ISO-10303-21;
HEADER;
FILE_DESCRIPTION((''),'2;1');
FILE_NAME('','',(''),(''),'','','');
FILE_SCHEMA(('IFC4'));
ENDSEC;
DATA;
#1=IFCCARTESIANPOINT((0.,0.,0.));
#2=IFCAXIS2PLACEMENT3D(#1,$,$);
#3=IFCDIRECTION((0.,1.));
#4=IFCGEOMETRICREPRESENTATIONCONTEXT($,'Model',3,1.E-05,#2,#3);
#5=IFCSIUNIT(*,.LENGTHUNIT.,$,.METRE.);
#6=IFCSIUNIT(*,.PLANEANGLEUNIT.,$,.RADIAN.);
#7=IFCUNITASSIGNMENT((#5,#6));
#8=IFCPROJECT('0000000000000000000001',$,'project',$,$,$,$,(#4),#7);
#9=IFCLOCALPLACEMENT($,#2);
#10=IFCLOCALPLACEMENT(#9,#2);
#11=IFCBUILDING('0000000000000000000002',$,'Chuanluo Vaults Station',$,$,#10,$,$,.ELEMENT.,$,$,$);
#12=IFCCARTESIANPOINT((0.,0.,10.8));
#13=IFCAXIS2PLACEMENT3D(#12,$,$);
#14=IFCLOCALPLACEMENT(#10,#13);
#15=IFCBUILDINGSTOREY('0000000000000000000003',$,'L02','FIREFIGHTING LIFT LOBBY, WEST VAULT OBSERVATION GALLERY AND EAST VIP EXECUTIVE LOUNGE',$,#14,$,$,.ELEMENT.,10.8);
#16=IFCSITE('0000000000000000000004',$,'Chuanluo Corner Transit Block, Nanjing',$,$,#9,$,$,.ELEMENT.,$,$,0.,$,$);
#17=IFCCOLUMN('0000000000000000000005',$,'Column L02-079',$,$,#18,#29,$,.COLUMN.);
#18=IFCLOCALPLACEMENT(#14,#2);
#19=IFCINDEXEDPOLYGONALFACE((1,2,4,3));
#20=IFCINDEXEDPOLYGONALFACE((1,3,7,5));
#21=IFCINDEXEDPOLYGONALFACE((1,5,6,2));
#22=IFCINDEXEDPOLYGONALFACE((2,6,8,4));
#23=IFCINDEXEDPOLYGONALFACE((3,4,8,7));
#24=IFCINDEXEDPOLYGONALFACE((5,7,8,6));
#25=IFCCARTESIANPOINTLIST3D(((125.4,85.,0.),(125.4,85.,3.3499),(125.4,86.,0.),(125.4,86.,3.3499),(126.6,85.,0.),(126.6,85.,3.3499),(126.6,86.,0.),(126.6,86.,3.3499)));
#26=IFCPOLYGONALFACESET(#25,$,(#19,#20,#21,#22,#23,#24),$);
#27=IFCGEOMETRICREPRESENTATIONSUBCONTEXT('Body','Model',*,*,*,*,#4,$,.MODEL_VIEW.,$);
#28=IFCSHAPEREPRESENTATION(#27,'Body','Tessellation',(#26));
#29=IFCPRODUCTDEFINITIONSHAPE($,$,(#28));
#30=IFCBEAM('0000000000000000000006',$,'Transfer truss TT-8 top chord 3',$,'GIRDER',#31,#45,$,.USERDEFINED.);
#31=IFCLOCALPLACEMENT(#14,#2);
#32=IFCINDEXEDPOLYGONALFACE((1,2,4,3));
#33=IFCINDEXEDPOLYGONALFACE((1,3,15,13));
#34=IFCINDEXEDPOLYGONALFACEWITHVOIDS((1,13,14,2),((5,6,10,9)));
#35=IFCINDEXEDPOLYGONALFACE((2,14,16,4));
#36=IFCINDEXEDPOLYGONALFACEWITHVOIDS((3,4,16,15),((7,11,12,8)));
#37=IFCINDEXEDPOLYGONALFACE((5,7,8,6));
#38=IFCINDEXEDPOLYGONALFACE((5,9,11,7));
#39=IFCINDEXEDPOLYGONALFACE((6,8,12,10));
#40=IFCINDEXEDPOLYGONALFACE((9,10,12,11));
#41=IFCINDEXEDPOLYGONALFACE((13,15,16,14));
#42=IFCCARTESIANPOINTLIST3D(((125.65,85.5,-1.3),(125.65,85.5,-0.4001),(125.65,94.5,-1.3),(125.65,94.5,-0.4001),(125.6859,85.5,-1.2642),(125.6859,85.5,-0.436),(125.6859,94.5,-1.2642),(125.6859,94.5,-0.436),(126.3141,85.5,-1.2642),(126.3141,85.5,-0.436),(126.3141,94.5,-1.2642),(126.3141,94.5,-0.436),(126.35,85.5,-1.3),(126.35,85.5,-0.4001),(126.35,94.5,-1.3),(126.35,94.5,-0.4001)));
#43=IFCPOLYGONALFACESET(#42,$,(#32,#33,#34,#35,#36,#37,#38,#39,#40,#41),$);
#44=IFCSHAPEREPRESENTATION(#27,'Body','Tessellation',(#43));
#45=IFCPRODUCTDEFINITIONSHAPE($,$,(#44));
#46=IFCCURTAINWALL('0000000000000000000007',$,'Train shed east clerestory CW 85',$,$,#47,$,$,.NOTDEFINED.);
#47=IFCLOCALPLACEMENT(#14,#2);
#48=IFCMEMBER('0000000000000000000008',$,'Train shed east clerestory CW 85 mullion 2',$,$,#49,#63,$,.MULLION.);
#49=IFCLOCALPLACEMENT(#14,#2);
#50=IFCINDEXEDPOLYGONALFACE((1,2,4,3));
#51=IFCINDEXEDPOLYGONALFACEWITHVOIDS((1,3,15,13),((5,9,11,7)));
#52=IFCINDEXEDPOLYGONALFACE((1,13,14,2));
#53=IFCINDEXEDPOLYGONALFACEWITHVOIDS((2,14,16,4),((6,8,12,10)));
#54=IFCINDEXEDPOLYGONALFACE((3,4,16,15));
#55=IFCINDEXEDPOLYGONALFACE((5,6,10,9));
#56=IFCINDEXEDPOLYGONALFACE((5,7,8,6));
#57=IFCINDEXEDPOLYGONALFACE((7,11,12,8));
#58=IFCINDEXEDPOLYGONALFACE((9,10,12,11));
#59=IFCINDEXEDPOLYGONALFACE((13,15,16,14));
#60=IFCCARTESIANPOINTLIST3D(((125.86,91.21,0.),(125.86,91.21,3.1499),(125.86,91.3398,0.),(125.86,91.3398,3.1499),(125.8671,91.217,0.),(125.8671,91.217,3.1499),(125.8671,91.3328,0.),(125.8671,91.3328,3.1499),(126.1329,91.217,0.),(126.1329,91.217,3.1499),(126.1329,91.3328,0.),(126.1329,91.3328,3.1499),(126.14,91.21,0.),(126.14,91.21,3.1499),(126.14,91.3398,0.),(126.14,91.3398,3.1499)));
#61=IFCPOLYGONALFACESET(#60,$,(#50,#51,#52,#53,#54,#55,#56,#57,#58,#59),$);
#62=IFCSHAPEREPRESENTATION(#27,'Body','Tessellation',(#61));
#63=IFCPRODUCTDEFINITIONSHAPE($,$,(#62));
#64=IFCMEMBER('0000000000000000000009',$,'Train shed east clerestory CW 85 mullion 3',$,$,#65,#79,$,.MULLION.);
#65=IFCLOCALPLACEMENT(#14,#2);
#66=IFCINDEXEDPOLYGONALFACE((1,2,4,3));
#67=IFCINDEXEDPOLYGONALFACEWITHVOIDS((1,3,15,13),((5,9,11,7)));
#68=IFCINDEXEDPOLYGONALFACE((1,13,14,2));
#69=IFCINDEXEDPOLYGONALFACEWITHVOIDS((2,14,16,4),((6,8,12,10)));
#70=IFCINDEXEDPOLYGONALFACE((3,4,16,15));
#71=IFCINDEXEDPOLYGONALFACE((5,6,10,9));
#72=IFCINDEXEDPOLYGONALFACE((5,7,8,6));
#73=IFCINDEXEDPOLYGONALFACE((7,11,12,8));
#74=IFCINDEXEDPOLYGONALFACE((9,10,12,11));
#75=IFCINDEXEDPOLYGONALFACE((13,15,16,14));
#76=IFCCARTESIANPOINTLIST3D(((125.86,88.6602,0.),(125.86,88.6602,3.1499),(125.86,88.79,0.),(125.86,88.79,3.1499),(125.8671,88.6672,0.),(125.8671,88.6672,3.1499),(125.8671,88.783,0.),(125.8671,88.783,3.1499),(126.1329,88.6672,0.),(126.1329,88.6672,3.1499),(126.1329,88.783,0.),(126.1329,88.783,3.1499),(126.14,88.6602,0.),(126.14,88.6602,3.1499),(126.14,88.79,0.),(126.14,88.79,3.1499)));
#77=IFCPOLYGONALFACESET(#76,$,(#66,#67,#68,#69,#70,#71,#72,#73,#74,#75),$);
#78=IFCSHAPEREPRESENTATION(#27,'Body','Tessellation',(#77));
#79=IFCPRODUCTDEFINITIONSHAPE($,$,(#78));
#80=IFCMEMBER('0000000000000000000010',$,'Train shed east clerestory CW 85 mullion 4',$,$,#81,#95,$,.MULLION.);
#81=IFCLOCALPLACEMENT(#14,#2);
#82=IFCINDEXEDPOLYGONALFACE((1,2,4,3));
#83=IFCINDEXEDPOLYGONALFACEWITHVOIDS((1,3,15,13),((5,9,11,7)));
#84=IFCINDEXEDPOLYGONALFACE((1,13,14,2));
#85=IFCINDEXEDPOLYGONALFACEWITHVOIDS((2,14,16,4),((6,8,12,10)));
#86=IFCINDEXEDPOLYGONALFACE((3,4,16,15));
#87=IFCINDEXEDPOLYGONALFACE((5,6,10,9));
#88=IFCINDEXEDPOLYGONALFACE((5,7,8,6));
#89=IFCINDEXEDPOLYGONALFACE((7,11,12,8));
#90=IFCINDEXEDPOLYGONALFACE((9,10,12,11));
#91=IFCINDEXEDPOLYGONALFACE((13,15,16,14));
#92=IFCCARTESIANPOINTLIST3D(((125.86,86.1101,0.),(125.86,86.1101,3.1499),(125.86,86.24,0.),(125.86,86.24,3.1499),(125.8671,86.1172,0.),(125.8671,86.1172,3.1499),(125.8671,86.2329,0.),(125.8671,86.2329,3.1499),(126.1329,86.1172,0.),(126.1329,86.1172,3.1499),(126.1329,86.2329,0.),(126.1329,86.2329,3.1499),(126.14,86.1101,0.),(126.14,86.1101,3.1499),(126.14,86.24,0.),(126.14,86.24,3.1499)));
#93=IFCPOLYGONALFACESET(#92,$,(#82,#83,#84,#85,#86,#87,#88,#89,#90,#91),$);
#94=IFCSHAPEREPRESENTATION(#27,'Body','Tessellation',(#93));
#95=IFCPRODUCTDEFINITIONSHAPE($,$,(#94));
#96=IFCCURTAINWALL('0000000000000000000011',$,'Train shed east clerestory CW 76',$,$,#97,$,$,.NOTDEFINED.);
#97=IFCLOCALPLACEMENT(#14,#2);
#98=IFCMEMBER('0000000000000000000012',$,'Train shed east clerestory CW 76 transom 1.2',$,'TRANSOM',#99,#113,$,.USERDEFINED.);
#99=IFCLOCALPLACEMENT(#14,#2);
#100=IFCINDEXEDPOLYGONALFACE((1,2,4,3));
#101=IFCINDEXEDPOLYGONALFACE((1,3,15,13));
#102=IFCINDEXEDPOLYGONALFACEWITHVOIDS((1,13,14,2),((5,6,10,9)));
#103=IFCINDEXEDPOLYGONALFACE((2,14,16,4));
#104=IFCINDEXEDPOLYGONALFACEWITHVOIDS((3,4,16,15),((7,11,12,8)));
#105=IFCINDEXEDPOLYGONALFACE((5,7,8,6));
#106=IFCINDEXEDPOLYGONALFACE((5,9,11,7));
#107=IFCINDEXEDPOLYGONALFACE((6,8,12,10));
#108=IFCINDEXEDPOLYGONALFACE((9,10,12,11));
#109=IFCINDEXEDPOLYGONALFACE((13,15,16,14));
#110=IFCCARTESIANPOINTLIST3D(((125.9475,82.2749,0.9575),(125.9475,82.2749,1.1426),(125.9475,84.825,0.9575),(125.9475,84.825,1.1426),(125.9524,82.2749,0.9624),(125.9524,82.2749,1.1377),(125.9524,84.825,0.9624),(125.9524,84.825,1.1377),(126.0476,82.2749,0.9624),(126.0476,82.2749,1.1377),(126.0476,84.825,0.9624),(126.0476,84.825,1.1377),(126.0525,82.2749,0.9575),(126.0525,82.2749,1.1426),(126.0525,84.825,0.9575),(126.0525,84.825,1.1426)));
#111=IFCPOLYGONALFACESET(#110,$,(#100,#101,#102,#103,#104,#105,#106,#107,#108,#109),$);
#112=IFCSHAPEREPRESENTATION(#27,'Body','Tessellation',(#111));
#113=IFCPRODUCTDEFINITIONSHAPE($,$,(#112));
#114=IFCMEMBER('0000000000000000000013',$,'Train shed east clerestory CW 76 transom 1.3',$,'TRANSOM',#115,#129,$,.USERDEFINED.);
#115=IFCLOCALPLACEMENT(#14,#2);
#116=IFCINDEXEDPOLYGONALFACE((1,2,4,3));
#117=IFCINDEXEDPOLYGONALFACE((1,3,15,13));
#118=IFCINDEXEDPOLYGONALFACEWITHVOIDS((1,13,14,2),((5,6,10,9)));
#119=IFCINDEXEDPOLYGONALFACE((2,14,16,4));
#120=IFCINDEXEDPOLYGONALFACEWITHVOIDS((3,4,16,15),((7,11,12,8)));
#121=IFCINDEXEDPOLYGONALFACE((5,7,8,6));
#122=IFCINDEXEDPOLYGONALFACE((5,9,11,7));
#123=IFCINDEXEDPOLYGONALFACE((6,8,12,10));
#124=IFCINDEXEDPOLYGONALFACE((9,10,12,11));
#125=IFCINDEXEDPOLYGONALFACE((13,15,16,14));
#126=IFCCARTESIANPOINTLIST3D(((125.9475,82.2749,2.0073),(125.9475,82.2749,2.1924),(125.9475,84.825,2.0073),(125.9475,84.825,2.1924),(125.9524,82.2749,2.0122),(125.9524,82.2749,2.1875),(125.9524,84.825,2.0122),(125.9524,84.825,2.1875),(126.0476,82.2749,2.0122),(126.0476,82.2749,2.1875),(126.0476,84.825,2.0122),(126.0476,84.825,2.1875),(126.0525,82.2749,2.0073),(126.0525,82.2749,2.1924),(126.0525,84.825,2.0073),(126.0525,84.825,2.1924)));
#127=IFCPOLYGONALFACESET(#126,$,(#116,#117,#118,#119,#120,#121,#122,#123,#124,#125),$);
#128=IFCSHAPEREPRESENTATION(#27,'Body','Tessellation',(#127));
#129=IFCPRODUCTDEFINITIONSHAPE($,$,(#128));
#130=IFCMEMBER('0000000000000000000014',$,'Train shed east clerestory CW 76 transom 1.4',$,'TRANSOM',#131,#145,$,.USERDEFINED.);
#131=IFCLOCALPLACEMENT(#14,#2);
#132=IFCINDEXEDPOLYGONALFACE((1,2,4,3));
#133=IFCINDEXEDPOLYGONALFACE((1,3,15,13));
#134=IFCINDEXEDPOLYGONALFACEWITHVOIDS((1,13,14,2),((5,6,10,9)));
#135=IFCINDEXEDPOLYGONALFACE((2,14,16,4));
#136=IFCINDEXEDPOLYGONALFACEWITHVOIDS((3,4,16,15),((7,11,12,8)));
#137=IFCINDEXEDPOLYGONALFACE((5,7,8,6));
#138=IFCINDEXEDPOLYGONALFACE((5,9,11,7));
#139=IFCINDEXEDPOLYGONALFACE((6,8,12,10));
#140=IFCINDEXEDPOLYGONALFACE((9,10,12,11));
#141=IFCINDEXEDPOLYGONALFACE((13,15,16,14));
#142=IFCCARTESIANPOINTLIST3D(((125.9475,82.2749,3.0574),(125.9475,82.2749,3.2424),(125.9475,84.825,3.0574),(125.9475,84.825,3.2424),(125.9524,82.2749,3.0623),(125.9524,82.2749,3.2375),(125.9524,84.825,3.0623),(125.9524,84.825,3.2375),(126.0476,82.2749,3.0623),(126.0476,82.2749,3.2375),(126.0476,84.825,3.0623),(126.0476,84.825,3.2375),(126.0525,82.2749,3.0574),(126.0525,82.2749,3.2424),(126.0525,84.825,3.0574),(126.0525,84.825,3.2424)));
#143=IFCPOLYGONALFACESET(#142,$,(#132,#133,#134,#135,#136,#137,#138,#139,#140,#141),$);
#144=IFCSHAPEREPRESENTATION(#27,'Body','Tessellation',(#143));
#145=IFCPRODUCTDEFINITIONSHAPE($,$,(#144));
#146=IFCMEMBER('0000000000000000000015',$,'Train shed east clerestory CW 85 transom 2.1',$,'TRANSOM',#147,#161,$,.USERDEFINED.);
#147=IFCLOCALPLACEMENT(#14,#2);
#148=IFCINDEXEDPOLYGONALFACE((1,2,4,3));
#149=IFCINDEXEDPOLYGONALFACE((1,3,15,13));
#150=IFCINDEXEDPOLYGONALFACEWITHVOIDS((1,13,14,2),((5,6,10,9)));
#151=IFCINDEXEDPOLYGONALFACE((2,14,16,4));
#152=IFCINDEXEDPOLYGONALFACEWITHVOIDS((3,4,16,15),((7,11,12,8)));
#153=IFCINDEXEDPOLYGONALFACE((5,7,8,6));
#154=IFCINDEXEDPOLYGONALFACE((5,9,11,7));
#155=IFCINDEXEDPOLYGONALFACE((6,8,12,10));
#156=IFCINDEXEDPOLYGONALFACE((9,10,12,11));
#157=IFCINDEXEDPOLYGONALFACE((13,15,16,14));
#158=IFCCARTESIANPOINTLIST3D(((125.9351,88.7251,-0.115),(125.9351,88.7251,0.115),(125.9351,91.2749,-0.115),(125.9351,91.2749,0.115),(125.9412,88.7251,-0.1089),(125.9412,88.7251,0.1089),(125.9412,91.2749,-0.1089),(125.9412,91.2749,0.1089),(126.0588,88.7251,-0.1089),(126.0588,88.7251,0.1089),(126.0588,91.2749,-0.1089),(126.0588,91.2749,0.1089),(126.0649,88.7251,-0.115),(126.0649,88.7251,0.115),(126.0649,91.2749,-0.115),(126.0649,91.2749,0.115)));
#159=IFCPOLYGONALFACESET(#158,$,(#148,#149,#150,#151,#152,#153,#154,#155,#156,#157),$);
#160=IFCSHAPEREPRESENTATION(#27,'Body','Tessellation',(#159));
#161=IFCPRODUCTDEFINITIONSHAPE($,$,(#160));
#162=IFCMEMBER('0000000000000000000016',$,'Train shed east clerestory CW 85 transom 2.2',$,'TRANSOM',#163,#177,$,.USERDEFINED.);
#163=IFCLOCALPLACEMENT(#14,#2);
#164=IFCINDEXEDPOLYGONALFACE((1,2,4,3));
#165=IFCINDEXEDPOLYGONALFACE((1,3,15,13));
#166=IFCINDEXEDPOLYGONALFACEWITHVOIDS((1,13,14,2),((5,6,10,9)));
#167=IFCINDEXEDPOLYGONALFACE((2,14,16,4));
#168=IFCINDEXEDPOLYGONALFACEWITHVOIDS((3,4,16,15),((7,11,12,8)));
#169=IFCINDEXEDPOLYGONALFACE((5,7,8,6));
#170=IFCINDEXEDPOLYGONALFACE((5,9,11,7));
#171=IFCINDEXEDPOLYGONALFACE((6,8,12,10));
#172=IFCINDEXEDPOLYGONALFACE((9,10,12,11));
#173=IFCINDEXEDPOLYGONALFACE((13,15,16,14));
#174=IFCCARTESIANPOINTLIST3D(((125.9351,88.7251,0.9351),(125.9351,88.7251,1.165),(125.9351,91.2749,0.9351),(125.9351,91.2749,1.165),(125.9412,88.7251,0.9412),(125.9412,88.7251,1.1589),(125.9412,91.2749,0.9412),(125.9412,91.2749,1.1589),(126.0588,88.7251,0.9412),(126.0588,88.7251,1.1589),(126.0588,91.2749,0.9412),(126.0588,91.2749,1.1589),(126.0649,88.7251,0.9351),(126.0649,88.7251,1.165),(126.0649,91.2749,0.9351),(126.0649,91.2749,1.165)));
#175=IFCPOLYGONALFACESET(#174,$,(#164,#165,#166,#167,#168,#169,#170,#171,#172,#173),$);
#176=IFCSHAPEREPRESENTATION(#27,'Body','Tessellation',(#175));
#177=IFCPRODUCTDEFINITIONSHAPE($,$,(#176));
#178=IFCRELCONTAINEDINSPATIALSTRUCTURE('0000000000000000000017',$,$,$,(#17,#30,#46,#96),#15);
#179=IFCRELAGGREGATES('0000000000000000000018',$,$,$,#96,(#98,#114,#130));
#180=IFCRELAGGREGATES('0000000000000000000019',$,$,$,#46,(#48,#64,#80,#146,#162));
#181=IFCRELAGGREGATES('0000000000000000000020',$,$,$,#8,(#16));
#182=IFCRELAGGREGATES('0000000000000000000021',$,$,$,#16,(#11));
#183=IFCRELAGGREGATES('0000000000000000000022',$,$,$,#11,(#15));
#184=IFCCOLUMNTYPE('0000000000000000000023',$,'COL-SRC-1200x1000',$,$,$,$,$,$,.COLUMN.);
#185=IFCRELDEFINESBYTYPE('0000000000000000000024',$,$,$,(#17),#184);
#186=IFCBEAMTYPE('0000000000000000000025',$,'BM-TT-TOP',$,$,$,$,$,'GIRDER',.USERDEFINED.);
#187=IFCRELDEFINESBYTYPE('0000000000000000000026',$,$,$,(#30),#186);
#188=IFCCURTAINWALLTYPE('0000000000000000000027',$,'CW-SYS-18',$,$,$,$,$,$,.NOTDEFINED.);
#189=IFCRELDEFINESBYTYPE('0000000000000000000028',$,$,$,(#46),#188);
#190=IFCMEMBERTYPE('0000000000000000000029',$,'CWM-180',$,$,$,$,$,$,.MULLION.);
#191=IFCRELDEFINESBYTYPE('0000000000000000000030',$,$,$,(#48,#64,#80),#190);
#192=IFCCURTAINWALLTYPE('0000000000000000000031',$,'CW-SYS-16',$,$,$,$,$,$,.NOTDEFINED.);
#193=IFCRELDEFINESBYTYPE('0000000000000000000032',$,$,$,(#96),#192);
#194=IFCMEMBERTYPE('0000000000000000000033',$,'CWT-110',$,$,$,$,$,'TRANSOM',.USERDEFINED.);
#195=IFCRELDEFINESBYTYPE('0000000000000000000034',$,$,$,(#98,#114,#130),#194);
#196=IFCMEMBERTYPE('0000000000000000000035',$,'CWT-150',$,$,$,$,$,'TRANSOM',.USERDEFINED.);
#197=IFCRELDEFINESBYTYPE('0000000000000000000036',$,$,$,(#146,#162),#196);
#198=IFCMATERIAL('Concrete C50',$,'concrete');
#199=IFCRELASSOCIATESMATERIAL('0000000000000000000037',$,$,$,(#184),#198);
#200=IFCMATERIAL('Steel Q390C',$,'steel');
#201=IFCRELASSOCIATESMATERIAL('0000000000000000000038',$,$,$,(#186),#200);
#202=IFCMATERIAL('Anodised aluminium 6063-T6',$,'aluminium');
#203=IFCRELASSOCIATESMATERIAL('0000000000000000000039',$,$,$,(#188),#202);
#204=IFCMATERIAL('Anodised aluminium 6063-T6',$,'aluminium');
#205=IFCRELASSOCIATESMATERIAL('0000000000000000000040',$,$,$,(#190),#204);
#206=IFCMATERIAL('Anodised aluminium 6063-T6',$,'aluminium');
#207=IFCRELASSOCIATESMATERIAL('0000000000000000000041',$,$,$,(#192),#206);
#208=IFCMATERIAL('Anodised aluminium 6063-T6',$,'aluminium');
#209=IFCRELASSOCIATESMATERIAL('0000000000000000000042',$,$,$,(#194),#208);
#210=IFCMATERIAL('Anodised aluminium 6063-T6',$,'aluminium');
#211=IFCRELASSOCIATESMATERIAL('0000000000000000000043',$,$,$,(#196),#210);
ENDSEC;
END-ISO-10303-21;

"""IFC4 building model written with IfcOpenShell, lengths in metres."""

from ifc_helpers import new_model, si_unit, direction, frame, origin, origin_2d, place, context, subcontext, project, spatial, rectangle, hollow_rectangle, extrude, material, material_profile, profile_set, type_object, element, aggregate, save


model = new_model("IFC4")

# Units and contexts
model_context = context("Model", 3, precision=1e-05, world=origin(), true_north=direction((0.0, 1.0)))
body_context = subcontext(model_context, "Body", "Model", "MODEL_VIEW")
ifc_project = project(units=[si_unit("LENGTHUNIT", "METRE"), si_unit("PLANEANGLEUNIT", "RADIAN")], contexts=[model_context])

# Site, building, storey
site_placement = place(None, origin())
site = spatial("IfcSite", under=ifc_project, at=site_placement, Name="Chuanluo Corner Transit Block, Nanjing", CompositionType="ELEMENT", RefElevation=0.0)
building_placement = place(site_placement, origin())
building = spatial("IfcBuilding", under=site, at=building_placement, Name="Chuanluo Vaults Station", CompositionType="ELEMENT")
storey_placement = place(building_placement, frame((0.0, 0.0, 10.8)))
storey = spatial("IfcBuildingStorey", under=building, at=storey_placement, Name="L02", Description="FIREFIGHTING LIFT LOBBY, WEST VAULT OBSERVATION GALLERY AND EAST VIP EXECUTIVE LOUNGE", CompositionType="ELEMENT", Elevation=10.8)

# Column
ifc_material_1 = material(Name="Concrete C50", Category="concrete")
ifc_material_profile_1 = material_profile(ifc_material_1, rectangle(XDim=1.2, YDim=1.0, at=origin_2d()))
ifc_profile_set_1 = profile_set([ifc_material_profile_1], Name="Concrete C50")
column_type = type_object("IfcColumnType", Name="COL-SRC-1200x1000", PredefinedType="COLUMN", material=ifc_profile_set_1)
column_placement = place(storey_placement, frame((126.0, 85.5, 0.0), z_axis=(0.0, 0.0, 1.0), x_axis=(1.0, 0.0, 0.0)))
element("IfcColumn", 1, at=column_placement, inside=storey, type_object=column_type, Name="Column L02-079", PredefinedType="COLUMN", context=body_context, shape_type="SweptSolid", body=[
    extrude(rectangle(XDim=1.2, YDim=1.0, at=origin_2d()), origin(), (0.0, 0.0, 1.0), 3.3499),
])

# Beam
ifc_material_2 = material(Name="Steel Q390C", Category="steel")
ifc_material_profile_2 = material_profile(ifc_material_2, hollow_rectangle(XDim=0.7, YDim=0.8999, WallThickness=0.0359, at=origin_2d()))
ifc_profile_set_2 = profile_set([ifc_material_profile_2], Name="Steel Q390C")
beam_type = type_object("IfcBeamType", Name="BM-TT-TOP", ElementType="GIRDER", PredefinedType="USERDEFINED", material=ifc_profile_set_2)
beam_placement = place(storey_placement, frame((126.0, 85.5, -0.8501), z_axis=(0.0, 1.0, 0.0), x_axis=(-1.0, 0.0, 0.0)))
element("IfcBeam", 2, at=beam_placement, inside=storey, type_object=beam_type, Name="Transfer truss TT-8 top chord 3", ObjectType="GIRDER", PredefinedType="USERDEFINED", context=body_context, shape_type="SweptSolid", body=[
    extrude(hollow_rectangle(XDim=0.7, YDim=0.8999, WallThickness=0.0359, at=origin_2d()), origin(), (0.0, 0.0, 1.0), 9.0),
])

# Curtain walls, members
ifc_material_3 = material(Name="Anodised aluminium 6063-T6", Category="aluminium")
curtain_wall_type_1 = type_object("IfcCurtainWallType", Name="CW-SYS-18", PredefinedType="NOTDEFINED", material=ifc_material_3)
curtain_wall_1_placement = place(storey_placement, origin())
curtain_wall_1 = element("IfcCurtainWall", 3, at=curtain_wall_1_placement, inside=storey, type_object=curtain_wall_type_1, Name="Train shed east clerestory CW 85", PredefinedType="NOTDEFINED")
ifc_material_4 = material(Name="Anodised aluminium 6063-T6", Category="aluminium")
ifc_material_profile_3 = material_profile(ifc_material_4, hollow_rectangle(XDim=0.1299, YDim=0.28, WallThickness=0.0071, at=origin_2d()))
ifc_profile_set_3 = profile_set([ifc_material_profile_3], Name="Anodised aluminium 6063-T6")
member_type_1 = type_object("IfcMemberType", Name="CWM-180", PredefinedType="MULLION", material=ifc_profile_set_3)
member_1_placement = place(storey_placement, frame((126.0, 91.2749, 0.0), z_axis=(0.0, 0.0, 1.0), x_axis=(0.0, -1.0, 0.0)))
member_1 = element("IfcMember", 4, at=member_1_placement, type_object=member_type_1, Name="Train shed east clerestory CW 85 mullion 2", PredefinedType="MULLION", context=body_context, shape_type="SweptSolid", body=[
    extrude(hollow_rectangle(XDim=0.1299, YDim=0.28, WallThickness=0.0071, at=origin_2d()), origin(), (0.0, 0.0, 1.0), 3.1499),
])
member_2_placement = place(storey_placement, frame((126.0, 88.7251, 0.0), z_axis=(0.0, 0.0, 1.0), x_axis=(0.0, -1.0, 0.0)))
member_2 = element("IfcMember", 5, at=member_2_placement, type_object=member_type_1, Name="Train shed east clerestory CW 85 mullion 3", PredefinedType="MULLION", context=body_context, shape_type="SweptSolid", body=[
    extrude(hollow_rectangle(XDim=0.1299, YDim=0.28, WallThickness=0.0071, at=origin_2d()), origin(), (0.0, 0.0, 1.0), 3.1499),
])
member_3_placement = place(storey_placement, frame((126.0, 86.175, 0.0), z_axis=(0.0, 0.0, 1.0), x_axis=(0.0, -1.0, 0.0)))
member_3 = element("IfcMember", 6, at=member_3_placement, type_object=member_type_1, Name="Train shed east clerestory CW 85 mullion 4", PredefinedType="MULLION", context=body_context, shape_type="SweptSolid", body=[
    extrude(hollow_rectangle(XDim=0.1299, YDim=0.28, WallThickness=0.0071, at=origin_2d()), origin(), (0.0, 0.0, 1.0), 3.1499),
])
ifc_material_5 = material(Name="Anodised aluminium 6063-T6", Category="aluminium")
curtain_wall_type_2 = type_object("IfcCurtainWallType", Name="CW-SYS-16", PredefinedType="NOTDEFINED", material=ifc_material_5)
curtain_wall_2_placement = place(storey_placement, origin())
curtain_wall_2 = element("IfcCurtainWall", 7, at=curtain_wall_2_placement, inside=storey, type_object=curtain_wall_type_2, Name="Train shed east clerestory CW 76", PredefinedType="NOTDEFINED")
ifc_material_6 = material(Name="Anodised aluminium 6063-T6", Category="aluminium")
ifc_material_profile_4 = material_profile(ifc_material_6, hollow_rectangle(XDim=0.105, YDim=0.1851, WallThickness=0.0049, at=origin_2d()))
ifc_profile_set_4 = profile_set([ifc_material_profile_4], Name="Anodised aluminium 6063-T6")
member_type_2 = type_object("IfcMemberType", Name="CWT-110", ElementType="TRANSOM", PredefinedType="USERDEFINED", material=ifc_profile_set_4)
member_4_placement = place(storey_placement, frame((126.0, 84.825, 1.05), z_axis=(0.0, -1.0, 0.0), x_axis=(1.0, 0.0, 0.0)))
member_4 = element("IfcMember", 8, at=member_4_placement, type_object=member_type_2, Name="Train shed east clerestory CW 76 transom 1.2", ObjectType="TRANSOM", PredefinedType="USERDEFINED", context=body_context, shape_type="SweptSolid", body=[
    extrude(hollow_rectangle(XDim=0.105, YDim=0.1851, WallThickness=0.0049, at=origin_2d()), origin(), (0.0, 0.0, 1.0), 2.55),
])
member_5_placement = place(storey_placement, frame((126.0, 84.825, 2.0999), z_axis=(0.0, -1.0, 0.0), x_axis=(1.0, 0.0, 0.0)))
member_5 = element("IfcMember", 9, at=member_5_placement, type_object=member_type_2, Name="Train shed east clerestory CW 76 transom 1.3", ObjectType="TRANSOM", PredefinedType="USERDEFINED", context=body_context, shape_type="SweptSolid", body=[
    extrude(hollow_rectangle(XDim=0.105, YDim=0.1851, WallThickness=0.0049, at=origin_2d()), origin(), (0.0, 0.0, 1.0), 2.55),
])
member_6_placement = place(storey_placement, frame((126.0, 84.825, 3.1499), z_axis=(0.0, -1.0, 0.0), x_axis=(1.0, 0.0, 0.0)))
member_6 = element("IfcMember", 10, at=member_6_placement, type_object=member_type_2, Name="Train shed east clerestory CW 76 transom 1.4", ObjectType="TRANSOM", PredefinedType="USERDEFINED", context=body_context, shape_type="SweptSolid", body=[
    extrude(hollow_rectangle(XDim=0.105, YDim=0.1851, WallThickness=0.0049, at=origin_2d()), origin(), (0.0, 0.0, 1.0), 2.55),
])
aggregate(curtain_wall_2, [member_4, member_5, member_6])

# Members
ifc_material_7 = material(Name="Anodised aluminium 6063-T6", Category="aluminium")
ifc_material_profile_5 = material_profile(ifc_material_7, hollow_rectangle(XDim=0.1299, YDim=0.23, WallThickness=0.0061, at=origin_2d()))
ifc_profile_set_5 = profile_set([ifc_material_profile_5], Name="Anodised aluminium 6063-T6")
member_type_3 = type_object("IfcMemberType", Name="CWT-150", ElementType="TRANSOM", PredefinedType="USERDEFINED", material=ifc_profile_set_5)
member_7_placement = place(storey_placement, frame((126.0, 91.2749, 0.0), z_axis=(0.0, -1.0, 0.0), x_axis=(1.0, 0.0, 0.0)))
member_7 = element("IfcMember", 11, at=member_7_placement, type_object=member_type_3, Name="Train shed east clerestory CW 85 transom 2.1", ObjectType="TRANSOM", PredefinedType="USERDEFINED", context=body_context, shape_type="SweptSolid", body=[
    extrude(hollow_rectangle(XDim=0.1299, YDim=0.23, WallThickness=0.0061, at=origin_2d()), origin(), (0.0, 0.0, 1.0), 2.5498),
])
member_8_placement = place(storey_placement, frame((126.0, 91.2749, 1.05), z_axis=(0.0, -1.0, 0.0), x_axis=(1.0, 0.0, 0.0)))
member_8 = element("IfcMember", 12, at=member_8_placement, type_object=member_type_3, Name="Train shed east clerestory CW 85 transom 2.2", ObjectType="TRANSOM", PredefinedType="USERDEFINED", context=body_context, shape_type="SweptSolid", body=[
    extrude(hollow_rectangle(XDim=0.1299, YDim=0.23, WallThickness=0.0061, at=origin_2d()), origin(), (0.0, 0.0, 1.0), 2.5498),
])

aggregate(curtain_wall_1, [member_1, member_2, member_3, member_7, member_8])

save(model, "model.ifc")
